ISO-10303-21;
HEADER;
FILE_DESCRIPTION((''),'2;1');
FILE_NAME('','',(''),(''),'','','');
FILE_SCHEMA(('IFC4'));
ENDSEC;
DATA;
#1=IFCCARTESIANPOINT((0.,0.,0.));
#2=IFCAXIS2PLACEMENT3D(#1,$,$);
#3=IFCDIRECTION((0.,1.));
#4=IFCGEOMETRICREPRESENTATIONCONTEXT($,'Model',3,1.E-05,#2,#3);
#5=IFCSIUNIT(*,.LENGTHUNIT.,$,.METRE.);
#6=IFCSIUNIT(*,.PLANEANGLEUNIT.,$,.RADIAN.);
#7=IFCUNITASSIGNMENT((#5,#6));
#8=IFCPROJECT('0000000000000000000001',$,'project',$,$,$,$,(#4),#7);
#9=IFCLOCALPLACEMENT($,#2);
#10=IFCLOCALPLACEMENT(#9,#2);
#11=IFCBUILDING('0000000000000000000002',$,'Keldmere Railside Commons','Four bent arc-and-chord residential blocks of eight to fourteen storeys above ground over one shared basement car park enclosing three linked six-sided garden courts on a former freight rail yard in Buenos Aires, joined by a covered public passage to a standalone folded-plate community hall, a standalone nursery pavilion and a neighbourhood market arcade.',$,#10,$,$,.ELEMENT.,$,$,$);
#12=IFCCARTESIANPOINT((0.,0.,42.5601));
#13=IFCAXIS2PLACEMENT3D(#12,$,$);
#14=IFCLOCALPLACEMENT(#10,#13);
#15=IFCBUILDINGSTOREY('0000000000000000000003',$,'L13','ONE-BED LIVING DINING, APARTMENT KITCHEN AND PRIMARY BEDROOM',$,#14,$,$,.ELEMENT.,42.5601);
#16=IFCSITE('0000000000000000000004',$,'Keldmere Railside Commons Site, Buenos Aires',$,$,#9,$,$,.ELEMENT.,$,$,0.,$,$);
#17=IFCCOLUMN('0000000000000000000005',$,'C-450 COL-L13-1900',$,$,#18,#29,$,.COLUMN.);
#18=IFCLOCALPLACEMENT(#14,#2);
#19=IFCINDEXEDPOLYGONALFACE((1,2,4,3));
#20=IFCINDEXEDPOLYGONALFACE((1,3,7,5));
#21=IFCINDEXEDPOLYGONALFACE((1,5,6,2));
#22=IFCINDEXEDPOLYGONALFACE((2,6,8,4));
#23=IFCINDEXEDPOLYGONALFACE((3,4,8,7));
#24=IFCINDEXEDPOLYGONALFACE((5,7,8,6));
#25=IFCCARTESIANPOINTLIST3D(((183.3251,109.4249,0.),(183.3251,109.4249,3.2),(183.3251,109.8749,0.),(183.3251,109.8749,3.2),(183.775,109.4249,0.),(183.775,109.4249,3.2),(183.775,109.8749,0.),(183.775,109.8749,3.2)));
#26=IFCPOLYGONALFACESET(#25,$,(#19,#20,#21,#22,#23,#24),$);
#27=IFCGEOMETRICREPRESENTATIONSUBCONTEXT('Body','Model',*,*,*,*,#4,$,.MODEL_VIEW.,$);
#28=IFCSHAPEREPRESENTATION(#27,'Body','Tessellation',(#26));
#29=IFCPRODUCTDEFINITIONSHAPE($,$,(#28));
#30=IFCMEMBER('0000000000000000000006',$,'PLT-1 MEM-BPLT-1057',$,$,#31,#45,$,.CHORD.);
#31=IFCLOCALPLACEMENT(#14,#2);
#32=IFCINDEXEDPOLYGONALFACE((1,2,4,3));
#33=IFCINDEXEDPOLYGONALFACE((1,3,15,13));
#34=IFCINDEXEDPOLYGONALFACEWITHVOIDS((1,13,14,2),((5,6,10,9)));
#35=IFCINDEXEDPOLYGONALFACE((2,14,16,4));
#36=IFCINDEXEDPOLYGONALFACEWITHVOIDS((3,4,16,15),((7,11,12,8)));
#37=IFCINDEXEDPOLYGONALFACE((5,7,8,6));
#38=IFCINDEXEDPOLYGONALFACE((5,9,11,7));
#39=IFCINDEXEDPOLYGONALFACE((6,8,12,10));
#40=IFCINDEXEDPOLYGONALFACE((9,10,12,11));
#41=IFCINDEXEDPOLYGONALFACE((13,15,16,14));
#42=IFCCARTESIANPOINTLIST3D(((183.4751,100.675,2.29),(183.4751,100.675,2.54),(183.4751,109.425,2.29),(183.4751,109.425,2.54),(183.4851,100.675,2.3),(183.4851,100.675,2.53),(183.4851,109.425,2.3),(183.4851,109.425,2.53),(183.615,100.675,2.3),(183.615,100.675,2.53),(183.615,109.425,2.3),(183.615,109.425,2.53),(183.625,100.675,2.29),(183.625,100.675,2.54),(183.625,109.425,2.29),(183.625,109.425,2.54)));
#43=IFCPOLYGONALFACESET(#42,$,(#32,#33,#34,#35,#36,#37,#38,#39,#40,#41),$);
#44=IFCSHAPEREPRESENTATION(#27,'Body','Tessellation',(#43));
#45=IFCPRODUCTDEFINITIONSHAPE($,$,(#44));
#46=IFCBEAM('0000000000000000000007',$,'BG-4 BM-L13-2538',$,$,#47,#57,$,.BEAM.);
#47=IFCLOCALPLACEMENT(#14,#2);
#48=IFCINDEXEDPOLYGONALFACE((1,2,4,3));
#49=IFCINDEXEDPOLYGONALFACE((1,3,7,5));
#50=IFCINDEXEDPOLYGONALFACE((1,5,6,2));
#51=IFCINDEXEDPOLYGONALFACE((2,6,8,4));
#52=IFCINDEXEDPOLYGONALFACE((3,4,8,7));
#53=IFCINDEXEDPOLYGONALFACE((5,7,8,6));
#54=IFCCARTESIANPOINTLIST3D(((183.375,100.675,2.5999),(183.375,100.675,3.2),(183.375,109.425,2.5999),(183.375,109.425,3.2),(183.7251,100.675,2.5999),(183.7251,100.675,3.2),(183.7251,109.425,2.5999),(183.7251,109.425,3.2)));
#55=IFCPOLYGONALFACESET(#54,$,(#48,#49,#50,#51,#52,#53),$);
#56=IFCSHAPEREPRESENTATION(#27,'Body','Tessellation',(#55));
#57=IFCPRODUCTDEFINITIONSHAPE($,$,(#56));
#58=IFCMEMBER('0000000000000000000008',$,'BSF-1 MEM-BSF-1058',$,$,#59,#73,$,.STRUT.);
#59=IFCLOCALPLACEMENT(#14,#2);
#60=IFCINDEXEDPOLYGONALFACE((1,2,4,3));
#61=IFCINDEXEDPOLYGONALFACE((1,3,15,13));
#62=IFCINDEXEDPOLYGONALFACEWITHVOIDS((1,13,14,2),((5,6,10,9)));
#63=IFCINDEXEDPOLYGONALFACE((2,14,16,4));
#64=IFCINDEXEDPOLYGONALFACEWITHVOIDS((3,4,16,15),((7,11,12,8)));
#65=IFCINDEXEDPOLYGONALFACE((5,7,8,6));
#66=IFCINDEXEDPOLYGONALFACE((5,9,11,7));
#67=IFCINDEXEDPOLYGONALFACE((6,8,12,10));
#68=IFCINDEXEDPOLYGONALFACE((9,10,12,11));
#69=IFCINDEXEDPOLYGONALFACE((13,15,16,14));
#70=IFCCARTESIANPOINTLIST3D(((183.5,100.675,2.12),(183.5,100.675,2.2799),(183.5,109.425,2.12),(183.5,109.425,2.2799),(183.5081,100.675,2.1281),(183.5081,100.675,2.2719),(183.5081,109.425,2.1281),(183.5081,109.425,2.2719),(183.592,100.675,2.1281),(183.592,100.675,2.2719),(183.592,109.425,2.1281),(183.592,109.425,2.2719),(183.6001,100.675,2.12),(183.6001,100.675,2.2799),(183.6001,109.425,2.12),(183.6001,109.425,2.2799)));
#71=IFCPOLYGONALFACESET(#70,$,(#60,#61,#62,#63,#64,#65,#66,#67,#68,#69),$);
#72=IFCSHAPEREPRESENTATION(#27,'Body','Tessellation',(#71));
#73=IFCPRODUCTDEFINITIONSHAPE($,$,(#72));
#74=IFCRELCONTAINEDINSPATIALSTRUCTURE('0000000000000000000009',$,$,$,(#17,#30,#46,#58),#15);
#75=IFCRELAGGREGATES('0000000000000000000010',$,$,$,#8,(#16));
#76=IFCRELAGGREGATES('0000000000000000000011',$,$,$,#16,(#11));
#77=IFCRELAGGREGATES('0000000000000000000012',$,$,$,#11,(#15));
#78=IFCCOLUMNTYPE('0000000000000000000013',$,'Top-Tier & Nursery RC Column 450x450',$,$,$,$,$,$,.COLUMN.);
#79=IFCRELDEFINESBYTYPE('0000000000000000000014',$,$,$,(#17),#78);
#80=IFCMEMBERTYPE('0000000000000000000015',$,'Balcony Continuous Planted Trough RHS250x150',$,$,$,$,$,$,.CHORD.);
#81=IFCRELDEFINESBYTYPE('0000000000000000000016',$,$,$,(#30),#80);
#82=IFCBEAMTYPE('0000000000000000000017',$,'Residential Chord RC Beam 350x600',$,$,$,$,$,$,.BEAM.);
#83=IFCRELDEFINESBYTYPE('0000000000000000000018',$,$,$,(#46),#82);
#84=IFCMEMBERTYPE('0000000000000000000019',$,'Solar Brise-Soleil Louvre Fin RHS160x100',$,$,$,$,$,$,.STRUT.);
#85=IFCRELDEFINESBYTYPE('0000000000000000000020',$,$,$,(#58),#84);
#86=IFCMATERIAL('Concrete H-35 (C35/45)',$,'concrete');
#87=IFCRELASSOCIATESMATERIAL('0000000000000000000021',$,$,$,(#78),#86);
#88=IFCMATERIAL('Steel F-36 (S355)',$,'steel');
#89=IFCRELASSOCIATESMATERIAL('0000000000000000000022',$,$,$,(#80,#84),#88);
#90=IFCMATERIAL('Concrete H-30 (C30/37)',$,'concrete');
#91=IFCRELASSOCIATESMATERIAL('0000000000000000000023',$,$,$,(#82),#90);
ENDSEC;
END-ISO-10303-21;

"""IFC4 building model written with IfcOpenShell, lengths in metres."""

from ifc_helpers import new_model, si_unit, direction, frame, origin, origin_2d, place, context, subcontext, project, spatial, rectangle, hollow_rectangle, extrude, material, material_profile, profile_set, type_object, element, save


model = new_model("IFC4")

# Units and contexts
model_context = context("Model", 3, precision=1e-05, world=origin(), true_north=direction((0.0, 1.0)))
body_context = subcontext(model_context, "Body", "Model", "MODEL_VIEW")
ifc_project = project(units=[si_unit("LENGTHUNIT", "METRE"), si_unit("PLANEANGLEUNIT", "RADIAN")], contexts=[model_context])

# Site, building, storey
site_placement = place(None, origin())
site = spatial("IfcSite", under=ifc_project, at=site_placement, Name="Keldmere Railside Commons Site, Buenos Aires", CompositionType="ELEMENT", RefElevation=0.0)
building_placement = place(site_placement, origin())
building = spatial("IfcBuilding", under=site, at=building_placement, Name="Keldmere Railside Commons", Description="Four bent arc-and-chord residential blocks of eight to fourteen storeys above ground over one shared basement car park enclosing three linked six-sided garden courts on a former freight rail yard in Buenos Aires, joined by a covered public passage to a standalone folded-plate community hall, a standalone nursery pavilion and a neighbourhood market arcade.", CompositionType="ELEMENT")
storey_placement = place(building_placement, frame((0.0, 0.0, 42.5601)))
storey = spatial("IfcBuildingStorey", under=building, at=storey_placement, Name="L13", Description="ONE-BED LIVING DINING, APARTMENT KITCHEN AND PRIMARY BEDROOM", CompositionType="ELEMENT", Elevation=42.5601)

# Column
ifc_material_1 = material(Name="Concrete H-35 (C35/45)", Category="concrete")
ifc_material_profile_1 = material_profile(ifc_material_1, rectangle(XDim=0.45, YDim=0.45, at=origin_2d()), Name="RC-450x450")
ifc_profile_set_1 = profile_set([ifc_material_profile_1], Name="Concrete H-35 (C35/45)")
column_type = type_object("IfcColumnType", Name="Top-Tier & Nursery RC Column 450x450", PredefinedType="COLUMN", material=ifc_profile_set_1)
column_placement = place(storey_placement, frame((183.55, 109.6499, 0.0), z_axis=(0.0, 0.0, 1.0), x_axis=(1.0, 0.0, 0.0)))
element("IfcColumn", 1, at=column_placement, inside=storey, type_object=column_type, Name="C-450 COL-L13-1900", PredefinedType="COLUMN", context=body_context, shape_type="SweptSolid", body=[
    extrude(rectangle(XDim=0.45, YDim=0.45, at=origin_2d()), origin(), (0.0, 0.0, 1.0), 3.2),
])

# Member
ifc_material_2 = material(Name="Steel F-36 (S355)", Category="steel")
ifc_material_profile_2 = material_profile(ifc_material_2, hollow_rectangle(XDim=0.1499, YDim=0.25, WallThickness=0.01, at=origin_2d()), Name="RHS-250x150x10")
ifc_profile_set_2 = profile_set([ifc_material_profile_2], Name="Steel F-36 (S355)")
member_type_1 = type_object("IfcMemberType", Name="Balcony Continuous Planted Trough RHS250x150", PredefinedType="CHORD", material=ifc_profile_set_2)
member_1_placement = place(storey_placement, frame((183.55, 100.675, 2.415), z_axis=(0.0, 1.0, 0.0), x_axis=(-1.0, 0.0, 0.0)))
element("IfcMember", 2, at=member_1_placement, inside=storey, type_object=member_type_1, Name="PLT-1 MEM-BPLT-1057", PredefinedType="CHORD", context=body_context, shape_type="SweptSolid", body=[
    extrude(hollow_rectangle(XDim=0.1499, YDim=0.25, WallThickness=0.01, at=origin_2d()), origin(), (0.0, 0.0, 1.0), 8.75),
])

# Beam
ifc_material_3 = material(Name="Concrete H-30 (C30/37)", Category="concrete")
ifc_material_profile_3 = material_profile(ifc_material_3, rectangle(XDim=0.3501, YDim=0.6001, at=origin_2d()), Name="RC-350x600")
ifc_profile_set_3 = profile_set([ifc_material_profile_3], Name="Concrete H-30 (C30/37)")
beam_type = type_object("IfcBeamType", Name="Residential Chord RC Beam 350x600", PredefinedType="BEAM", material=ifc_profile_set_3)
beam_placement = place(storey_placement, frame((183.55, 100.675, 2.8999), z_axis=(0.0, 1.0, 0.0), x_axis=(-1.0, 0.0, 0.0)))
element("IfcBeam", 3, at=beam_placement, inside=storey, type_object=beam_type, Name="BG-4 BM-L13-2538", PredefinedType="BEAM", context=body_context, shape_type="SweptSolid", body=[
    extrude(rectangle(XDim=0.3501, YDim=0.6001, at=origin_2d()), origin(), (0.0, 0.0, 1.0), 8.75),
])

# Member
ifc_material_profile_4 = material_profile(ifc_material_2, hollow_rectangle(XDim=0.1001, YDim=0.1599, WallThickness=0.0081, at=origin_2d()), Name="RHS-160x100x8")
ifc_profile_set_4 = profile_set([ifc_material_profile_4], Name="Steel F-36 (S355)")
member_type_2 = type_object("IfcMemberType", Name="Solar Brise-Soleil Louvre Fin RHS160x100", PredefinedType="STRUT", material=ifc_profile_set_4)
member_2_placement = place(storey_placement, frame((183.55, 100.675, 2.2), z_axis=(0.0, 1.0, 0.0), x_axis=(-1.0, 0.0, 0.0)))
element("IfcMember", 4, at=member_2_placement, inside=storey, type_object=member_type_2, Name="BSF-1 MEM-BSF-1058", PredefinedType="STRUT", context=body_context, shape_type="SweptSolid", body=[
    extrude(hollow_rectangle(XDim=0.1001, YDim=0.1599, WallThickness=0.0081, at=origin_2d()), origin(), (0.0, 0.0, 1.0), 8.75),
])

save(model, "model.ifc")
